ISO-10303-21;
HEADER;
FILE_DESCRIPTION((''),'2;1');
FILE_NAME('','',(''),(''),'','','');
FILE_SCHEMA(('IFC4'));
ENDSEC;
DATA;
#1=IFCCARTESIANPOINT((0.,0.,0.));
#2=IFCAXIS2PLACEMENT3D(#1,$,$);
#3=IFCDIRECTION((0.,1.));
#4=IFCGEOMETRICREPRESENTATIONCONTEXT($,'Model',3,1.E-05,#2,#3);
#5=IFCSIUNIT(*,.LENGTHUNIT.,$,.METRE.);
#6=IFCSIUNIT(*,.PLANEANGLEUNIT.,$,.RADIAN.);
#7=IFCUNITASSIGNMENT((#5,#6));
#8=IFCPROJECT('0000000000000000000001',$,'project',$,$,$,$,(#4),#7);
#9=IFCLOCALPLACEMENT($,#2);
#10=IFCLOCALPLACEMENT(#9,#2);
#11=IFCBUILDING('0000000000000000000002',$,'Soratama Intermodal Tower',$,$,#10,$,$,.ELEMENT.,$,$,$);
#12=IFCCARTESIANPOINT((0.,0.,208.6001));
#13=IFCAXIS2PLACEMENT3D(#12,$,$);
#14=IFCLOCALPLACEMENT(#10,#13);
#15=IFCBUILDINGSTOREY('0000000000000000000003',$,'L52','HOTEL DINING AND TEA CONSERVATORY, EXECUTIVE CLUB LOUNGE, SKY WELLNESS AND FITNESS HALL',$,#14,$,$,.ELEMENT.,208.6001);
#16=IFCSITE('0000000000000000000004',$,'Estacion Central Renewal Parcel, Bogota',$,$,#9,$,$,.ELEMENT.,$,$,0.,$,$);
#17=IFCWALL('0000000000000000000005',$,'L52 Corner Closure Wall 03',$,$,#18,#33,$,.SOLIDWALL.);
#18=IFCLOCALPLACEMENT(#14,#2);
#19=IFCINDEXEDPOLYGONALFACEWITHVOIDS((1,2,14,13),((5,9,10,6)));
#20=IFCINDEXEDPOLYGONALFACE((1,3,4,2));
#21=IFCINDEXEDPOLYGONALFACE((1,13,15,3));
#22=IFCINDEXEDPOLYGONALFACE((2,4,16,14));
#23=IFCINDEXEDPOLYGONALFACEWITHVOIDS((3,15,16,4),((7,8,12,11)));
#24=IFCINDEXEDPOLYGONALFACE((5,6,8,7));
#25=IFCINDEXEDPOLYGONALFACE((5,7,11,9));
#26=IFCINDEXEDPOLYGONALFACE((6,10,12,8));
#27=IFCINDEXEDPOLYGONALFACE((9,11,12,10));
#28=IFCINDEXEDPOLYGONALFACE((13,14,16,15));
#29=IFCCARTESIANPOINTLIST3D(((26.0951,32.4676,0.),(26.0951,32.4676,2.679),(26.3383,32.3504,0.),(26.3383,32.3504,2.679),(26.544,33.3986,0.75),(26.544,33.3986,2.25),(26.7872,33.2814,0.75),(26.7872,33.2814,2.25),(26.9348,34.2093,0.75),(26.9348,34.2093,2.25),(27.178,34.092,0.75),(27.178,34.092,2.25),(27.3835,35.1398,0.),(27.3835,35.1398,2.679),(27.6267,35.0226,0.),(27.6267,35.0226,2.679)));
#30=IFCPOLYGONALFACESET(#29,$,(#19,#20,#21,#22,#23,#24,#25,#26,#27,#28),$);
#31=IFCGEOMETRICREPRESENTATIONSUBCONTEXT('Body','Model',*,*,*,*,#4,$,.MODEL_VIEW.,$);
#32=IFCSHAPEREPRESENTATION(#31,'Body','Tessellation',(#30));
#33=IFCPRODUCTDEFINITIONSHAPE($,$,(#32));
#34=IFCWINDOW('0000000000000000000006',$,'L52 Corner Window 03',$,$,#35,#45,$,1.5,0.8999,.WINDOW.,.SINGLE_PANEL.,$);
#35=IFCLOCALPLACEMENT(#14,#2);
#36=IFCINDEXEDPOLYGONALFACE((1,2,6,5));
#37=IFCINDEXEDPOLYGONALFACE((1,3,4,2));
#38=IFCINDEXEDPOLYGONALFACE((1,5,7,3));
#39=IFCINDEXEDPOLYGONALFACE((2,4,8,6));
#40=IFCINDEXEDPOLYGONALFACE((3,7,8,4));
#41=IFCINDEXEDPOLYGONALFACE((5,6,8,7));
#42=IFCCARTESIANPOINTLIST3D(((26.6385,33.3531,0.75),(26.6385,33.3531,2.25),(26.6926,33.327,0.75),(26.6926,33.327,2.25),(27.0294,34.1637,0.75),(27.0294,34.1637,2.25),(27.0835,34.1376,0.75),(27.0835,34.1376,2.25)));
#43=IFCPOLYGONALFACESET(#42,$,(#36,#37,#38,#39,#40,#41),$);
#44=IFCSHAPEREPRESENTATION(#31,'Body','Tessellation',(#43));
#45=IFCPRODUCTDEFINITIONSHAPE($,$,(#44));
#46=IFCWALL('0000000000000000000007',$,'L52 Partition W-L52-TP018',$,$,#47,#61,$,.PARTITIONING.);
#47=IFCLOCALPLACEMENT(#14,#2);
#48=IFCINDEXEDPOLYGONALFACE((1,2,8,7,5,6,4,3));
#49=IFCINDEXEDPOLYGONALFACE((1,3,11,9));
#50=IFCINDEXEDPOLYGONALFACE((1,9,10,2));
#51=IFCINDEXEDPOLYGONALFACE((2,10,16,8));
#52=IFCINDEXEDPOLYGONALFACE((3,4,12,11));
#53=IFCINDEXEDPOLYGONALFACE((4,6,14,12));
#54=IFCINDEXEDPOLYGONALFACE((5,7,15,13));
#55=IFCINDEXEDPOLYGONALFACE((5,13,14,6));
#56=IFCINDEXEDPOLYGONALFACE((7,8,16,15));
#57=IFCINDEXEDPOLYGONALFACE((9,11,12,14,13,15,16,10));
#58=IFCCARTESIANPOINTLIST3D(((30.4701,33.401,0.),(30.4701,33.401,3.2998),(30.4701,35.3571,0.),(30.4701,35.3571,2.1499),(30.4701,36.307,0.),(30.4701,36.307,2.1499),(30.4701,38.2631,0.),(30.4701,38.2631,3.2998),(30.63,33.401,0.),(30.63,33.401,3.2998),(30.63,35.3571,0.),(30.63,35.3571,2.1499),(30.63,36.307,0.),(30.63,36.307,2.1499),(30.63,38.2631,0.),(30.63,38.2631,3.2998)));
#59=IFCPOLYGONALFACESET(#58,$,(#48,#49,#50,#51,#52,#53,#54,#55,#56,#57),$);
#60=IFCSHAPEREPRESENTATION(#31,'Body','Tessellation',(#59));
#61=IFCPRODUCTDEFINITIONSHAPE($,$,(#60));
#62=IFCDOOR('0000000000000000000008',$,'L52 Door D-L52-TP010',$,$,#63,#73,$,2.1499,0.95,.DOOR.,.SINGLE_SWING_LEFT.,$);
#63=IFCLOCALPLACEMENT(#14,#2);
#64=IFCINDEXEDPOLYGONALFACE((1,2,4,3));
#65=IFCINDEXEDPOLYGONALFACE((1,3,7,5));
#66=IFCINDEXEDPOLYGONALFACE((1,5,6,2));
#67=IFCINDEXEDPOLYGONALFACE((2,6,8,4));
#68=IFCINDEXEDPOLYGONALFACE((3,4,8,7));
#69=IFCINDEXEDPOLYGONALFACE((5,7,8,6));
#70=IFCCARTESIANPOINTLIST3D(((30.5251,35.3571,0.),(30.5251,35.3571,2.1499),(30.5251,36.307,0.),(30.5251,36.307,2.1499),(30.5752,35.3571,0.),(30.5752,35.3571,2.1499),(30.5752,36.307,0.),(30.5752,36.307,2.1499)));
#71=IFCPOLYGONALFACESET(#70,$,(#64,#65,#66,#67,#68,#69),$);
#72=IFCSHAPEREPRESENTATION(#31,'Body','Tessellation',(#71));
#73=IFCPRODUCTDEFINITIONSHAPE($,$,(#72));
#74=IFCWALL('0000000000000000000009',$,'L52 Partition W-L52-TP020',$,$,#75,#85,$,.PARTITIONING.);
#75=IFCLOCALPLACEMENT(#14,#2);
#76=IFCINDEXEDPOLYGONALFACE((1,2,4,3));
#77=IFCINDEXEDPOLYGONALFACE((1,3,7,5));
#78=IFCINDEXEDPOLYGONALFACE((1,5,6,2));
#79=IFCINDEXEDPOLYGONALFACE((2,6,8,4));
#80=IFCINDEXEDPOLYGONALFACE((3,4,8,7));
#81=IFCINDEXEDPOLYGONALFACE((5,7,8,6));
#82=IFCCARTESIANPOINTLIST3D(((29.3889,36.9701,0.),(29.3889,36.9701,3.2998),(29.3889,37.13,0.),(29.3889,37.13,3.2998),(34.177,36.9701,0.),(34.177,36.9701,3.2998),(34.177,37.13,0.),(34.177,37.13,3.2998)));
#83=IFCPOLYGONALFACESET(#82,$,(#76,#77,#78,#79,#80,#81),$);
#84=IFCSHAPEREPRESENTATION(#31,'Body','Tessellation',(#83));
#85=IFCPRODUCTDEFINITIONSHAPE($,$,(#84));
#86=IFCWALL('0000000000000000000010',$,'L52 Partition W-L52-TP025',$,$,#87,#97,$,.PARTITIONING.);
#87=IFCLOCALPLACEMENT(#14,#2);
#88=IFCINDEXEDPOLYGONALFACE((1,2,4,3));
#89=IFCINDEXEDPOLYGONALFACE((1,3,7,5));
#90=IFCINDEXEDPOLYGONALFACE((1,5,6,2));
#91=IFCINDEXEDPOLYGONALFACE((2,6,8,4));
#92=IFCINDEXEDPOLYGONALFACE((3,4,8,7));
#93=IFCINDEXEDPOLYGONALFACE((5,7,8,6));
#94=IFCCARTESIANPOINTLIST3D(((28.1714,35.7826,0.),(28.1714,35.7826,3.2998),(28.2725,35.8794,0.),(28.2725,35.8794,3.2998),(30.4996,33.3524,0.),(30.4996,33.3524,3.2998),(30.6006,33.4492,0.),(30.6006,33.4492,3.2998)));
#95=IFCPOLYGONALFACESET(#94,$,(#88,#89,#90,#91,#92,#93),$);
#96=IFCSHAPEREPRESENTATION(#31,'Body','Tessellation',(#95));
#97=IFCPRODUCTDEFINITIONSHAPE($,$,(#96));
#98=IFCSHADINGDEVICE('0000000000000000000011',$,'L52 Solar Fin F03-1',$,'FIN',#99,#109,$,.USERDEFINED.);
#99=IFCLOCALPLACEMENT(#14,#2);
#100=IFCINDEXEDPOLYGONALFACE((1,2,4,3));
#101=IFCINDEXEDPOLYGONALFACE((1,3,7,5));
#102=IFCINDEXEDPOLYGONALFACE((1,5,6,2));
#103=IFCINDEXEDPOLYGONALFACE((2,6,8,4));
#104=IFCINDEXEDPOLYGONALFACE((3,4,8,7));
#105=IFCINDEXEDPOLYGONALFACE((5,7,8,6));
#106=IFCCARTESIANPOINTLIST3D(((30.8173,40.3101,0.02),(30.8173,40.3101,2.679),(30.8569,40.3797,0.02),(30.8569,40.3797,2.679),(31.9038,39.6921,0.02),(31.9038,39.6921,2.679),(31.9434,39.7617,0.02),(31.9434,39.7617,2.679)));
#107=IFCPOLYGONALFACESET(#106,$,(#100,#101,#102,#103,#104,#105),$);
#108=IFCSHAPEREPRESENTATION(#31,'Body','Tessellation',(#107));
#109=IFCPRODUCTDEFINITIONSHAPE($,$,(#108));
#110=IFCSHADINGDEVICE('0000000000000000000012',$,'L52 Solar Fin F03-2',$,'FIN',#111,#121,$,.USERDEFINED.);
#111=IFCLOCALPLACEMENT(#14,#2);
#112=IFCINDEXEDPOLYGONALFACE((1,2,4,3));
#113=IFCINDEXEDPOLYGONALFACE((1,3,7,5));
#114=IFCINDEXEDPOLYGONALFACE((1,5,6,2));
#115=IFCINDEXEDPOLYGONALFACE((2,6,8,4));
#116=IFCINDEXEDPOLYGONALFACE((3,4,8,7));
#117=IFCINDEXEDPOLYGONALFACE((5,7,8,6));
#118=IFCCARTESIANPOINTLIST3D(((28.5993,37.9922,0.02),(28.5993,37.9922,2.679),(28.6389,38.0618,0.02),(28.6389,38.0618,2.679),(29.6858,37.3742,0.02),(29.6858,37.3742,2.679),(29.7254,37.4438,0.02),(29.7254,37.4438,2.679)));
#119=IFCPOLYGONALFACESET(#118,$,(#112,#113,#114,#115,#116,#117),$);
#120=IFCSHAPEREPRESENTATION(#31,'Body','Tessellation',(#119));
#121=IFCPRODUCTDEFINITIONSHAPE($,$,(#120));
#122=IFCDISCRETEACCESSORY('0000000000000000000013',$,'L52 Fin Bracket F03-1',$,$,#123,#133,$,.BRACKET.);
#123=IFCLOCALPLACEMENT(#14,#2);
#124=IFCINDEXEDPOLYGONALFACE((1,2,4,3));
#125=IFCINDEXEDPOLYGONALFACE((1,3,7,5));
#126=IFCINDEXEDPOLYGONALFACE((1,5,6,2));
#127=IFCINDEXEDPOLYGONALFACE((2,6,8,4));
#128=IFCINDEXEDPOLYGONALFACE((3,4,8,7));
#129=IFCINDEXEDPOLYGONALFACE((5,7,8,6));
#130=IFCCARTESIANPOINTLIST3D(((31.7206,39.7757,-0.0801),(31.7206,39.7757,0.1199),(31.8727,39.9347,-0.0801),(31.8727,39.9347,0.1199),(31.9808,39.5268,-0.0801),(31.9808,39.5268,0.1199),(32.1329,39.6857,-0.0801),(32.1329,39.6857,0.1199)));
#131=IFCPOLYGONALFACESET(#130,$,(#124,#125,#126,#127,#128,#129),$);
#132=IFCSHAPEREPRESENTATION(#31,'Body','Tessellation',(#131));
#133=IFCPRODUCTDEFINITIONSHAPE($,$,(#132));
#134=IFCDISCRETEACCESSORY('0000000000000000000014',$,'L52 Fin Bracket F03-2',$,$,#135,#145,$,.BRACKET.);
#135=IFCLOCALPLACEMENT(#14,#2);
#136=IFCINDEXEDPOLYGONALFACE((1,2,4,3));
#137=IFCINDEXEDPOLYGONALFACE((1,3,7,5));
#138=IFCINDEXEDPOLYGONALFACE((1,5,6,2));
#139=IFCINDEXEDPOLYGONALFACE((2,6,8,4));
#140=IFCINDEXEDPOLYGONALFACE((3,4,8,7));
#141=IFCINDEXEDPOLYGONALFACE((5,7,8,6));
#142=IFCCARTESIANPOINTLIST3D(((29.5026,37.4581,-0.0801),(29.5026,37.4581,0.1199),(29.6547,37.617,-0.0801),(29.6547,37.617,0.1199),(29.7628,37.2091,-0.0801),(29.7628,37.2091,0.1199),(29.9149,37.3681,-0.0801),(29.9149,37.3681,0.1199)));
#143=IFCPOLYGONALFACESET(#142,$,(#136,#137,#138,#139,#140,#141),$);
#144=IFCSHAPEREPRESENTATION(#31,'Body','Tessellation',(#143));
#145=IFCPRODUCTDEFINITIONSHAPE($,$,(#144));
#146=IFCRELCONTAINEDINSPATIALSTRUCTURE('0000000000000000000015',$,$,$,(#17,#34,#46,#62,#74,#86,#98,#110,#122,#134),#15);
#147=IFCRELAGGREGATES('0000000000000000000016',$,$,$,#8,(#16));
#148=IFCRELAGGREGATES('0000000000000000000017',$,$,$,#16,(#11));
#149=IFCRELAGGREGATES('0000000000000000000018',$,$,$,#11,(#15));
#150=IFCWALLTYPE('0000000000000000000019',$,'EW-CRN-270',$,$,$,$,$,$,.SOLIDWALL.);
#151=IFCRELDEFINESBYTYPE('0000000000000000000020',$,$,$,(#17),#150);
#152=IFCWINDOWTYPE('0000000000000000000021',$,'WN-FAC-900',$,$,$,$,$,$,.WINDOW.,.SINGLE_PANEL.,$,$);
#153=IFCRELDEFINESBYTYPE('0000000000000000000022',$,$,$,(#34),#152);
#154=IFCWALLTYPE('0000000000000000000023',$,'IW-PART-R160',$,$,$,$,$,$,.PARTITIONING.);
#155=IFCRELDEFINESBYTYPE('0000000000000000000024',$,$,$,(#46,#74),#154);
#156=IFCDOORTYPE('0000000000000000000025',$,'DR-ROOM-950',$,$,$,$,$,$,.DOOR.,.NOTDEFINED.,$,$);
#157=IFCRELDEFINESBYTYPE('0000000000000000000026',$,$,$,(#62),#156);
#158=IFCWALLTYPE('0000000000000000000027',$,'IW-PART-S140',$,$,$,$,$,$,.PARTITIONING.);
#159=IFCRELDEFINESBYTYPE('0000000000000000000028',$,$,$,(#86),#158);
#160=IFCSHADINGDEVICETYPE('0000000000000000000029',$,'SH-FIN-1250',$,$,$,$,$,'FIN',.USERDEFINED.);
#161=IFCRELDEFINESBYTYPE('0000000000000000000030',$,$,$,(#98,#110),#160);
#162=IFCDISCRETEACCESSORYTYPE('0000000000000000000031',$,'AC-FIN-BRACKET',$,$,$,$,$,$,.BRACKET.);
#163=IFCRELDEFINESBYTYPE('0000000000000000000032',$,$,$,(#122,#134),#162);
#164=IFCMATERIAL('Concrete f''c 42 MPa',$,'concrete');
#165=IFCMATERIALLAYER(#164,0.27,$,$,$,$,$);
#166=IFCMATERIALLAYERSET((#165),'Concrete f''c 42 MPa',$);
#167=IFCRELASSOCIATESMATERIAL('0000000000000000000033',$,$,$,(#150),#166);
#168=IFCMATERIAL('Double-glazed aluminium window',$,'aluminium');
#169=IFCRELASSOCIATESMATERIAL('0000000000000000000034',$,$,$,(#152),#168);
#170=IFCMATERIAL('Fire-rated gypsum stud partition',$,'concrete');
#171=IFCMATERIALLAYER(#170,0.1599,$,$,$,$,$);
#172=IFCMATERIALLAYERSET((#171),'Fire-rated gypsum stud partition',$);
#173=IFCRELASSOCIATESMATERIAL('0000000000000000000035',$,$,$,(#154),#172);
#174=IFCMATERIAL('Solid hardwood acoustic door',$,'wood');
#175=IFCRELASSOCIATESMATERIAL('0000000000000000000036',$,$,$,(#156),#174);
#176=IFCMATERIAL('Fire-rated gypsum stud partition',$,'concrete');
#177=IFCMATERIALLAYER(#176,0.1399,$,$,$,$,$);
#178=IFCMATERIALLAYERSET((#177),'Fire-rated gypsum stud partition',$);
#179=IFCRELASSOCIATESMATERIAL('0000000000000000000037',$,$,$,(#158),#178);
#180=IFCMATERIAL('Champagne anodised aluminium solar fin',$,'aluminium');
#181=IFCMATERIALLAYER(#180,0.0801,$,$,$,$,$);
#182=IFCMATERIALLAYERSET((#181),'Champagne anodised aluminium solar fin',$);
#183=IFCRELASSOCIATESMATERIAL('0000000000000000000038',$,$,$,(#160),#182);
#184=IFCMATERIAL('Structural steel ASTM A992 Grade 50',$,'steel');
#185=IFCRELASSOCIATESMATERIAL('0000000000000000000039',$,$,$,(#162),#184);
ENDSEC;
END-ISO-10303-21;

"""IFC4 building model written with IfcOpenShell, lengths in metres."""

from ifc_helpers import new_model, si_unit, direction, frame, frame_2d, origin, origin_2d, place, context, subcontext, project, spatial, rectangle, extrude, material, layer, layer_set, type_object, element, fill, save


model = new_model("IFC4")

# Units and contexts
model_context = context("Model", 3, precision=1e-05, world=origin(), true_north=direction((0.0, 1.0)))
body_context = subcontext(model_context, "Body", "Model", "MODEL_VIEW")
ifc_project = project(units=[si_unit("LENGTHUNIT", "METRE"), si_unit("PLANEANGLEUNIT", "RADIAN")], contexts=[model_context])

# Site, building, storey
site_placement = place(None, origin())
site = spatial("IfcSite", under=ifc_project, at=site_placement, Name="Estacion Central Renewal Parcel, Bogota", CompositionType="ELEMENT", RefElevation=0.0)
building_placement = place(site_placement, origin())
building = spatial("IfcBuilding", under=site, at=building_placement, Name="Soratama Intermodal Tower", CompositionType="ELEMENT")
storey_placement = place(building_placement, frame((0.0, 0.0, 208.6001)))
storey = spatial("IfcBuildingStorey", under=building, at=storey_placement, Name="L52", Description="HOTEL DINING AND TEA CONSERVATORY, EXECUTIVE CLUB LOUNGE, SKY WELLNESS AND FITNESS HALL", CompositionType="ELEMENT", Elevation=208.6001)

# Wall, opening, window
ifc_material_1 = material(Name="Concrete f'c 42 MPa", Category="concrete")
ifc_layer_1 = layer(ifc_material_1, 0.27)
ifc_layer_set_1 = layer_set([ifc_layer_1], Name="Concrete f'c 42 MPa")
wall_type_1 = type_object("IfcWallType", Name="EW-CRN-270", PredefinedType="SOLIDWALL", material=ifc_layer_set_1)
wall_1_placement = place(storey_placement, frame((27.5051, 35.0813, 0.0), z_axis=(0.0, 0.0, 1.0), x_axis=(-0.434296, -0.90077, 0.0)))
wall_1 = element("IfcWall", 1, at=wall_1_placement, inside=storey, type_object=wall_type_1, Name="L52 Corner Closure Wall 03", PredefinedType="SOLIDWALL", context=body_context, shape_type="SweptSolid", body=[
    extrude(rectangle(XDim=2.9666, YDim=0.27, at=frame_2d((1.4834, 0.0))), origin(), (0.0, 0.0, 1.0), 2.679),
])
opening_1_placement = place(wall_1_placement, frame((1.0332, 0.0, 0.75)))
opening_1 = element("IfcOpeningElement", 2, at=opening_1_placement, cuts=wall_1, PredefinedType="OPENING", context=body_context, shape_type="SweptSolid", body=[
    extrude(rectangle(XDim=0.8999, YDim=1.5, at=frame_2d((0.45, 0.75))), frame((0.0, 0.145, 0.0), z_axis=(0.0, -1.0, 0.0), x_axis=(1.0, 0.0, 0.0)), (0.0, 0.0, 1.0), 0.29),
])
ifc_material_2 = material(Name="Double-glazed aluminium window", Category="aluminium")
window_type = type_object("IfcWindowType", Name="WN-FAC-900", PartitioningType="SINGLE_PANEL", PredefinedType="WINDOW", material=ifc_material_2)
window_placement = place(opening_1_placement, origin())
window = element("IfcWindow", 3, at=window_placement, inside=storey, type_object=window_type, Name="L52 Corner Window 03", OverallHeight=1.5, OverallWidth=0.8999, PartitioningType="SINGLE_PANEL", PredefinedType="WINDOW", context=body_context, shape_type="SweptSolid", body=[
    extrude(rectangle(XDim=0.8999, YDim=1.5, at=frame_2d((0.45, 0.75))), frame((0.0, 0.03, 0.0), z_axis=(0.0, -1.0, 0.0), x_axis=(1.0, 0.0, 0.0)), (0.0, 0.0, 1.0), 0.0601),
])
fill(opening_1, window)

# Wall, opening, door
ifc_material_3 = material(Name="Fire-rated gypsum stud partition", Category="concrete")
ifc_layer_2 = layer(ifc_material_3, 0.1599)
ifc_layer_set_2 = layer_set([ifc_layer_2], Name="Fire-rated gypsum stud partition")
wall_type_2 = type_object("IfcWallType", Name="IW-PART-R160", PredefinedType="PARTITIONING", material=ifc_layer_set_2)
wall_2_placement = place(storey_placement, frame((30.55, 33.4009, 0.0), z_axis=(0.0, 0.0, 1.0), x_axis=(0.0, 1.0, 0.0)))
wall_2 = element("IfcWall", 4, at=wall_2_placement, inside=storey, type_object=wall_type_2, Name="L52 Partition W-L52-TP018", PredefinedType="PARTITIONING", context=body_context, shape_type="SweptSolid", body=[
    extrude(rectangle(XDim=4.8621, YDim=0.1599, at=frame_2d((2.4312, 0.0))), origin(), (0.0, 0.0, 1.0), 3.2998),
])
opening_2_placement = place(wall_2_placement, frame((1.9561, 0.0, 0.0)))
opening_2 = element("IfcOpeningElement", 5, at=opening_2_placement, cuts=wall_2, PredefinedType="OPENING", context=body_context, shape_type="SweptSolid", body=[
    extrude(rectangle(XDim=0.95, YDim=2.1499, at=frame_2d((0.4751, 1.075))), frame((0.0, 0.0898, 0.0), z_axis=(0.0, -1.0, 0.0), x_axis=(1.0, 0.0, 0.0)), (0.0, 0.0, 1.0), 0.1799),
])
ifc_material_4 = material(Name="Solid hardwood acoustic door", Category="wood")
door_type = type_object("IfcDoorType", Name="DR-ROOM-950", OperationType="NOTDEFINED", PredefinedType="DOOR", material=ifc_material_4)
door_placement = place(opening_2_placement, origin())
door = element("IfcDoor", 6, at=door_placement, inside=storey, type_object=door_type, Name="L52 Door D-L52-TP010", OperationType="SINGLE_SWING_LEFT", OverallHeight=2.1499, OverallWidth=0.95, PredefinedType="DOOR", context=body_context, shape_type="SweptSolid", body=[
    extrude(rectangle(XDim=0.95, YDim=2.1499, at=frame_2d((0.4751, 1.075))), frame((0.0, 0.0249, 0.0), z_axis=(0.0, -1.0, 0.0), x_axis=(1.0, 0.0, 0.0)), (0.0, 0.0, 1.0), 0.05),
])
fill(opening_2, door)

# Walls
wall_3_placement = place(storey_placement, frame((29.3889, 37.05, 0.0), z_axis=(0.0, 0.0, 1.0), x_axis=(1.0, 0.0, 0.0)))
element("IfcWall", 7, at=wall_3_placement, inside=storey, type_object=wall_type_2, Name="L52 Partition W-L52-TP020", PredefinedType="PARTITIONING", context=body_context, shape_type="SweptSolid", body=[
    extrude(rectangle(XDim=4.7881, YDim=0.1599, at=frame_2d((2.394, 0.0))), origin(), (0.0, 0.0, 1.0), 3.2998),
])
ifc_material_5 = material(Name="Fire-rated gypsum stud partition", Category="concrete")
ifc_layer_3 = layer(ifc_material_5, 0.1399)
ifc_layer_set_3 = layer_set([ifc_layer_3], Name="Fire-rated gypsum stud partition")
wall_type_3 = type_object("IfcWallType", Name="IW-PART-S140", PredefinedType="PARTITIONING", material=ifc_layer_set_3)
wall_4_placement = place(storey_placement, frame((30.55, 33.4009, 0.0), z_axis=(0.0, 0.0, 1.0), x_axis=(-0.691782, 0.722106, 0.0)))
element("IfcWall", 8, at=wall_4_placement, inside=storey, type_object=wall_type_3, Name="L52 Partition W-L52-TP025", PredefinedType="PARTITIONING", context=body_context, shape_type="SweptSolid", body=[
    extrude(rectangle(XDim=3.3655, YDim=0.1399, at=frame_2d((1.6826, 0.0))), origin(), (0.0, 0.0, 1.0), 3.2998),
])

# Shading devices
ifc_material_6 = material(Name="Champagne anodised aluminium solar fin", Category="aluminium")
ifc_layer_4 = layer(ifc_material_6, 0.0801)
ifc_layer_set_4 = layer_set([ifc_layer_4], Name="Champagne anodised aluminium solar fin")
shading_device_type = type_object("IfcShadingDeviceType", Name="SH-FIN-1250", ElementType="FIN", PredefinedType="USERDEFINED", material=ifc_layer_set_4)
for number, where, z_axis, x_axis, name in (
    (9, (31.3804, 40.0359, 0.02), (0.0, 0.0, 1.0), (-0.869236, 0.494397, 0.0), "L52 Solar Fin F03-1"),
    (10, (29.1624, 37.718, 0.02), (0.0, 0.0, 1.0), (-0.869236, 0.494397, 0.0), "L52 Solar Fin F03-2"),
):
    element("IfcShadingDevice", number, at=place(storey_placement, frame(where, z_axis=z_axis, x_axis=x_axis)), inside=storey, type_object=shading_device_type, Name=name, ObjectType="FIN", PredefinedType="USERDEFINED", context=body_context, shape_type="SweptSolid", body=[
        extrude(rectangle(XDim=1.25, YDim=0.0801, at=origin_2d()), origin(), (0.0, 0.0, 1.0), 2.6589),
    ])

# Discrete accessories
ifc_material_7 = material(Name="Structural steel ASTM A992 Grade 50", Category="steel")
discrete_accessory_type = type_object("IfcDiscreteAccessoryType", Name="AC-FIN-BRACKET", PredefinedType="BRACKET", material=ifc_material_7)
for number, where, z_axis, x_axis, name in (
    (11, (31.9268, 39.7307, -0.0801), (0.0, 0.0, 1.0), (-0.722485, 0.691387, 0.0), "L52 Fin Bracket F03-1"),
    (12, (29.7087, 37.4131, -0.0801), (0.0, 0.0, 1.0), (-0.722485, 0.691387, 0.0), "L52 Fin Bracket F03-2"),
):
    element("IfcDiscreteAccessory", number, at=place(storey_placement, frame(where, z_axis=z_axis, x_axis=x_axis)), inside=storey, type_object=discrete_accessory_type, Name=name, PredefinedType="BRACKET", context=body_context, shape_type="SweptSolid", body=[
        extrude(rectangle(XDim=0.3601, YDim=0.22, at=origin_2d()), origin(), (0.0, 0.0, 1.0), 0.2),
    ])

save(model, "model.ifc")
